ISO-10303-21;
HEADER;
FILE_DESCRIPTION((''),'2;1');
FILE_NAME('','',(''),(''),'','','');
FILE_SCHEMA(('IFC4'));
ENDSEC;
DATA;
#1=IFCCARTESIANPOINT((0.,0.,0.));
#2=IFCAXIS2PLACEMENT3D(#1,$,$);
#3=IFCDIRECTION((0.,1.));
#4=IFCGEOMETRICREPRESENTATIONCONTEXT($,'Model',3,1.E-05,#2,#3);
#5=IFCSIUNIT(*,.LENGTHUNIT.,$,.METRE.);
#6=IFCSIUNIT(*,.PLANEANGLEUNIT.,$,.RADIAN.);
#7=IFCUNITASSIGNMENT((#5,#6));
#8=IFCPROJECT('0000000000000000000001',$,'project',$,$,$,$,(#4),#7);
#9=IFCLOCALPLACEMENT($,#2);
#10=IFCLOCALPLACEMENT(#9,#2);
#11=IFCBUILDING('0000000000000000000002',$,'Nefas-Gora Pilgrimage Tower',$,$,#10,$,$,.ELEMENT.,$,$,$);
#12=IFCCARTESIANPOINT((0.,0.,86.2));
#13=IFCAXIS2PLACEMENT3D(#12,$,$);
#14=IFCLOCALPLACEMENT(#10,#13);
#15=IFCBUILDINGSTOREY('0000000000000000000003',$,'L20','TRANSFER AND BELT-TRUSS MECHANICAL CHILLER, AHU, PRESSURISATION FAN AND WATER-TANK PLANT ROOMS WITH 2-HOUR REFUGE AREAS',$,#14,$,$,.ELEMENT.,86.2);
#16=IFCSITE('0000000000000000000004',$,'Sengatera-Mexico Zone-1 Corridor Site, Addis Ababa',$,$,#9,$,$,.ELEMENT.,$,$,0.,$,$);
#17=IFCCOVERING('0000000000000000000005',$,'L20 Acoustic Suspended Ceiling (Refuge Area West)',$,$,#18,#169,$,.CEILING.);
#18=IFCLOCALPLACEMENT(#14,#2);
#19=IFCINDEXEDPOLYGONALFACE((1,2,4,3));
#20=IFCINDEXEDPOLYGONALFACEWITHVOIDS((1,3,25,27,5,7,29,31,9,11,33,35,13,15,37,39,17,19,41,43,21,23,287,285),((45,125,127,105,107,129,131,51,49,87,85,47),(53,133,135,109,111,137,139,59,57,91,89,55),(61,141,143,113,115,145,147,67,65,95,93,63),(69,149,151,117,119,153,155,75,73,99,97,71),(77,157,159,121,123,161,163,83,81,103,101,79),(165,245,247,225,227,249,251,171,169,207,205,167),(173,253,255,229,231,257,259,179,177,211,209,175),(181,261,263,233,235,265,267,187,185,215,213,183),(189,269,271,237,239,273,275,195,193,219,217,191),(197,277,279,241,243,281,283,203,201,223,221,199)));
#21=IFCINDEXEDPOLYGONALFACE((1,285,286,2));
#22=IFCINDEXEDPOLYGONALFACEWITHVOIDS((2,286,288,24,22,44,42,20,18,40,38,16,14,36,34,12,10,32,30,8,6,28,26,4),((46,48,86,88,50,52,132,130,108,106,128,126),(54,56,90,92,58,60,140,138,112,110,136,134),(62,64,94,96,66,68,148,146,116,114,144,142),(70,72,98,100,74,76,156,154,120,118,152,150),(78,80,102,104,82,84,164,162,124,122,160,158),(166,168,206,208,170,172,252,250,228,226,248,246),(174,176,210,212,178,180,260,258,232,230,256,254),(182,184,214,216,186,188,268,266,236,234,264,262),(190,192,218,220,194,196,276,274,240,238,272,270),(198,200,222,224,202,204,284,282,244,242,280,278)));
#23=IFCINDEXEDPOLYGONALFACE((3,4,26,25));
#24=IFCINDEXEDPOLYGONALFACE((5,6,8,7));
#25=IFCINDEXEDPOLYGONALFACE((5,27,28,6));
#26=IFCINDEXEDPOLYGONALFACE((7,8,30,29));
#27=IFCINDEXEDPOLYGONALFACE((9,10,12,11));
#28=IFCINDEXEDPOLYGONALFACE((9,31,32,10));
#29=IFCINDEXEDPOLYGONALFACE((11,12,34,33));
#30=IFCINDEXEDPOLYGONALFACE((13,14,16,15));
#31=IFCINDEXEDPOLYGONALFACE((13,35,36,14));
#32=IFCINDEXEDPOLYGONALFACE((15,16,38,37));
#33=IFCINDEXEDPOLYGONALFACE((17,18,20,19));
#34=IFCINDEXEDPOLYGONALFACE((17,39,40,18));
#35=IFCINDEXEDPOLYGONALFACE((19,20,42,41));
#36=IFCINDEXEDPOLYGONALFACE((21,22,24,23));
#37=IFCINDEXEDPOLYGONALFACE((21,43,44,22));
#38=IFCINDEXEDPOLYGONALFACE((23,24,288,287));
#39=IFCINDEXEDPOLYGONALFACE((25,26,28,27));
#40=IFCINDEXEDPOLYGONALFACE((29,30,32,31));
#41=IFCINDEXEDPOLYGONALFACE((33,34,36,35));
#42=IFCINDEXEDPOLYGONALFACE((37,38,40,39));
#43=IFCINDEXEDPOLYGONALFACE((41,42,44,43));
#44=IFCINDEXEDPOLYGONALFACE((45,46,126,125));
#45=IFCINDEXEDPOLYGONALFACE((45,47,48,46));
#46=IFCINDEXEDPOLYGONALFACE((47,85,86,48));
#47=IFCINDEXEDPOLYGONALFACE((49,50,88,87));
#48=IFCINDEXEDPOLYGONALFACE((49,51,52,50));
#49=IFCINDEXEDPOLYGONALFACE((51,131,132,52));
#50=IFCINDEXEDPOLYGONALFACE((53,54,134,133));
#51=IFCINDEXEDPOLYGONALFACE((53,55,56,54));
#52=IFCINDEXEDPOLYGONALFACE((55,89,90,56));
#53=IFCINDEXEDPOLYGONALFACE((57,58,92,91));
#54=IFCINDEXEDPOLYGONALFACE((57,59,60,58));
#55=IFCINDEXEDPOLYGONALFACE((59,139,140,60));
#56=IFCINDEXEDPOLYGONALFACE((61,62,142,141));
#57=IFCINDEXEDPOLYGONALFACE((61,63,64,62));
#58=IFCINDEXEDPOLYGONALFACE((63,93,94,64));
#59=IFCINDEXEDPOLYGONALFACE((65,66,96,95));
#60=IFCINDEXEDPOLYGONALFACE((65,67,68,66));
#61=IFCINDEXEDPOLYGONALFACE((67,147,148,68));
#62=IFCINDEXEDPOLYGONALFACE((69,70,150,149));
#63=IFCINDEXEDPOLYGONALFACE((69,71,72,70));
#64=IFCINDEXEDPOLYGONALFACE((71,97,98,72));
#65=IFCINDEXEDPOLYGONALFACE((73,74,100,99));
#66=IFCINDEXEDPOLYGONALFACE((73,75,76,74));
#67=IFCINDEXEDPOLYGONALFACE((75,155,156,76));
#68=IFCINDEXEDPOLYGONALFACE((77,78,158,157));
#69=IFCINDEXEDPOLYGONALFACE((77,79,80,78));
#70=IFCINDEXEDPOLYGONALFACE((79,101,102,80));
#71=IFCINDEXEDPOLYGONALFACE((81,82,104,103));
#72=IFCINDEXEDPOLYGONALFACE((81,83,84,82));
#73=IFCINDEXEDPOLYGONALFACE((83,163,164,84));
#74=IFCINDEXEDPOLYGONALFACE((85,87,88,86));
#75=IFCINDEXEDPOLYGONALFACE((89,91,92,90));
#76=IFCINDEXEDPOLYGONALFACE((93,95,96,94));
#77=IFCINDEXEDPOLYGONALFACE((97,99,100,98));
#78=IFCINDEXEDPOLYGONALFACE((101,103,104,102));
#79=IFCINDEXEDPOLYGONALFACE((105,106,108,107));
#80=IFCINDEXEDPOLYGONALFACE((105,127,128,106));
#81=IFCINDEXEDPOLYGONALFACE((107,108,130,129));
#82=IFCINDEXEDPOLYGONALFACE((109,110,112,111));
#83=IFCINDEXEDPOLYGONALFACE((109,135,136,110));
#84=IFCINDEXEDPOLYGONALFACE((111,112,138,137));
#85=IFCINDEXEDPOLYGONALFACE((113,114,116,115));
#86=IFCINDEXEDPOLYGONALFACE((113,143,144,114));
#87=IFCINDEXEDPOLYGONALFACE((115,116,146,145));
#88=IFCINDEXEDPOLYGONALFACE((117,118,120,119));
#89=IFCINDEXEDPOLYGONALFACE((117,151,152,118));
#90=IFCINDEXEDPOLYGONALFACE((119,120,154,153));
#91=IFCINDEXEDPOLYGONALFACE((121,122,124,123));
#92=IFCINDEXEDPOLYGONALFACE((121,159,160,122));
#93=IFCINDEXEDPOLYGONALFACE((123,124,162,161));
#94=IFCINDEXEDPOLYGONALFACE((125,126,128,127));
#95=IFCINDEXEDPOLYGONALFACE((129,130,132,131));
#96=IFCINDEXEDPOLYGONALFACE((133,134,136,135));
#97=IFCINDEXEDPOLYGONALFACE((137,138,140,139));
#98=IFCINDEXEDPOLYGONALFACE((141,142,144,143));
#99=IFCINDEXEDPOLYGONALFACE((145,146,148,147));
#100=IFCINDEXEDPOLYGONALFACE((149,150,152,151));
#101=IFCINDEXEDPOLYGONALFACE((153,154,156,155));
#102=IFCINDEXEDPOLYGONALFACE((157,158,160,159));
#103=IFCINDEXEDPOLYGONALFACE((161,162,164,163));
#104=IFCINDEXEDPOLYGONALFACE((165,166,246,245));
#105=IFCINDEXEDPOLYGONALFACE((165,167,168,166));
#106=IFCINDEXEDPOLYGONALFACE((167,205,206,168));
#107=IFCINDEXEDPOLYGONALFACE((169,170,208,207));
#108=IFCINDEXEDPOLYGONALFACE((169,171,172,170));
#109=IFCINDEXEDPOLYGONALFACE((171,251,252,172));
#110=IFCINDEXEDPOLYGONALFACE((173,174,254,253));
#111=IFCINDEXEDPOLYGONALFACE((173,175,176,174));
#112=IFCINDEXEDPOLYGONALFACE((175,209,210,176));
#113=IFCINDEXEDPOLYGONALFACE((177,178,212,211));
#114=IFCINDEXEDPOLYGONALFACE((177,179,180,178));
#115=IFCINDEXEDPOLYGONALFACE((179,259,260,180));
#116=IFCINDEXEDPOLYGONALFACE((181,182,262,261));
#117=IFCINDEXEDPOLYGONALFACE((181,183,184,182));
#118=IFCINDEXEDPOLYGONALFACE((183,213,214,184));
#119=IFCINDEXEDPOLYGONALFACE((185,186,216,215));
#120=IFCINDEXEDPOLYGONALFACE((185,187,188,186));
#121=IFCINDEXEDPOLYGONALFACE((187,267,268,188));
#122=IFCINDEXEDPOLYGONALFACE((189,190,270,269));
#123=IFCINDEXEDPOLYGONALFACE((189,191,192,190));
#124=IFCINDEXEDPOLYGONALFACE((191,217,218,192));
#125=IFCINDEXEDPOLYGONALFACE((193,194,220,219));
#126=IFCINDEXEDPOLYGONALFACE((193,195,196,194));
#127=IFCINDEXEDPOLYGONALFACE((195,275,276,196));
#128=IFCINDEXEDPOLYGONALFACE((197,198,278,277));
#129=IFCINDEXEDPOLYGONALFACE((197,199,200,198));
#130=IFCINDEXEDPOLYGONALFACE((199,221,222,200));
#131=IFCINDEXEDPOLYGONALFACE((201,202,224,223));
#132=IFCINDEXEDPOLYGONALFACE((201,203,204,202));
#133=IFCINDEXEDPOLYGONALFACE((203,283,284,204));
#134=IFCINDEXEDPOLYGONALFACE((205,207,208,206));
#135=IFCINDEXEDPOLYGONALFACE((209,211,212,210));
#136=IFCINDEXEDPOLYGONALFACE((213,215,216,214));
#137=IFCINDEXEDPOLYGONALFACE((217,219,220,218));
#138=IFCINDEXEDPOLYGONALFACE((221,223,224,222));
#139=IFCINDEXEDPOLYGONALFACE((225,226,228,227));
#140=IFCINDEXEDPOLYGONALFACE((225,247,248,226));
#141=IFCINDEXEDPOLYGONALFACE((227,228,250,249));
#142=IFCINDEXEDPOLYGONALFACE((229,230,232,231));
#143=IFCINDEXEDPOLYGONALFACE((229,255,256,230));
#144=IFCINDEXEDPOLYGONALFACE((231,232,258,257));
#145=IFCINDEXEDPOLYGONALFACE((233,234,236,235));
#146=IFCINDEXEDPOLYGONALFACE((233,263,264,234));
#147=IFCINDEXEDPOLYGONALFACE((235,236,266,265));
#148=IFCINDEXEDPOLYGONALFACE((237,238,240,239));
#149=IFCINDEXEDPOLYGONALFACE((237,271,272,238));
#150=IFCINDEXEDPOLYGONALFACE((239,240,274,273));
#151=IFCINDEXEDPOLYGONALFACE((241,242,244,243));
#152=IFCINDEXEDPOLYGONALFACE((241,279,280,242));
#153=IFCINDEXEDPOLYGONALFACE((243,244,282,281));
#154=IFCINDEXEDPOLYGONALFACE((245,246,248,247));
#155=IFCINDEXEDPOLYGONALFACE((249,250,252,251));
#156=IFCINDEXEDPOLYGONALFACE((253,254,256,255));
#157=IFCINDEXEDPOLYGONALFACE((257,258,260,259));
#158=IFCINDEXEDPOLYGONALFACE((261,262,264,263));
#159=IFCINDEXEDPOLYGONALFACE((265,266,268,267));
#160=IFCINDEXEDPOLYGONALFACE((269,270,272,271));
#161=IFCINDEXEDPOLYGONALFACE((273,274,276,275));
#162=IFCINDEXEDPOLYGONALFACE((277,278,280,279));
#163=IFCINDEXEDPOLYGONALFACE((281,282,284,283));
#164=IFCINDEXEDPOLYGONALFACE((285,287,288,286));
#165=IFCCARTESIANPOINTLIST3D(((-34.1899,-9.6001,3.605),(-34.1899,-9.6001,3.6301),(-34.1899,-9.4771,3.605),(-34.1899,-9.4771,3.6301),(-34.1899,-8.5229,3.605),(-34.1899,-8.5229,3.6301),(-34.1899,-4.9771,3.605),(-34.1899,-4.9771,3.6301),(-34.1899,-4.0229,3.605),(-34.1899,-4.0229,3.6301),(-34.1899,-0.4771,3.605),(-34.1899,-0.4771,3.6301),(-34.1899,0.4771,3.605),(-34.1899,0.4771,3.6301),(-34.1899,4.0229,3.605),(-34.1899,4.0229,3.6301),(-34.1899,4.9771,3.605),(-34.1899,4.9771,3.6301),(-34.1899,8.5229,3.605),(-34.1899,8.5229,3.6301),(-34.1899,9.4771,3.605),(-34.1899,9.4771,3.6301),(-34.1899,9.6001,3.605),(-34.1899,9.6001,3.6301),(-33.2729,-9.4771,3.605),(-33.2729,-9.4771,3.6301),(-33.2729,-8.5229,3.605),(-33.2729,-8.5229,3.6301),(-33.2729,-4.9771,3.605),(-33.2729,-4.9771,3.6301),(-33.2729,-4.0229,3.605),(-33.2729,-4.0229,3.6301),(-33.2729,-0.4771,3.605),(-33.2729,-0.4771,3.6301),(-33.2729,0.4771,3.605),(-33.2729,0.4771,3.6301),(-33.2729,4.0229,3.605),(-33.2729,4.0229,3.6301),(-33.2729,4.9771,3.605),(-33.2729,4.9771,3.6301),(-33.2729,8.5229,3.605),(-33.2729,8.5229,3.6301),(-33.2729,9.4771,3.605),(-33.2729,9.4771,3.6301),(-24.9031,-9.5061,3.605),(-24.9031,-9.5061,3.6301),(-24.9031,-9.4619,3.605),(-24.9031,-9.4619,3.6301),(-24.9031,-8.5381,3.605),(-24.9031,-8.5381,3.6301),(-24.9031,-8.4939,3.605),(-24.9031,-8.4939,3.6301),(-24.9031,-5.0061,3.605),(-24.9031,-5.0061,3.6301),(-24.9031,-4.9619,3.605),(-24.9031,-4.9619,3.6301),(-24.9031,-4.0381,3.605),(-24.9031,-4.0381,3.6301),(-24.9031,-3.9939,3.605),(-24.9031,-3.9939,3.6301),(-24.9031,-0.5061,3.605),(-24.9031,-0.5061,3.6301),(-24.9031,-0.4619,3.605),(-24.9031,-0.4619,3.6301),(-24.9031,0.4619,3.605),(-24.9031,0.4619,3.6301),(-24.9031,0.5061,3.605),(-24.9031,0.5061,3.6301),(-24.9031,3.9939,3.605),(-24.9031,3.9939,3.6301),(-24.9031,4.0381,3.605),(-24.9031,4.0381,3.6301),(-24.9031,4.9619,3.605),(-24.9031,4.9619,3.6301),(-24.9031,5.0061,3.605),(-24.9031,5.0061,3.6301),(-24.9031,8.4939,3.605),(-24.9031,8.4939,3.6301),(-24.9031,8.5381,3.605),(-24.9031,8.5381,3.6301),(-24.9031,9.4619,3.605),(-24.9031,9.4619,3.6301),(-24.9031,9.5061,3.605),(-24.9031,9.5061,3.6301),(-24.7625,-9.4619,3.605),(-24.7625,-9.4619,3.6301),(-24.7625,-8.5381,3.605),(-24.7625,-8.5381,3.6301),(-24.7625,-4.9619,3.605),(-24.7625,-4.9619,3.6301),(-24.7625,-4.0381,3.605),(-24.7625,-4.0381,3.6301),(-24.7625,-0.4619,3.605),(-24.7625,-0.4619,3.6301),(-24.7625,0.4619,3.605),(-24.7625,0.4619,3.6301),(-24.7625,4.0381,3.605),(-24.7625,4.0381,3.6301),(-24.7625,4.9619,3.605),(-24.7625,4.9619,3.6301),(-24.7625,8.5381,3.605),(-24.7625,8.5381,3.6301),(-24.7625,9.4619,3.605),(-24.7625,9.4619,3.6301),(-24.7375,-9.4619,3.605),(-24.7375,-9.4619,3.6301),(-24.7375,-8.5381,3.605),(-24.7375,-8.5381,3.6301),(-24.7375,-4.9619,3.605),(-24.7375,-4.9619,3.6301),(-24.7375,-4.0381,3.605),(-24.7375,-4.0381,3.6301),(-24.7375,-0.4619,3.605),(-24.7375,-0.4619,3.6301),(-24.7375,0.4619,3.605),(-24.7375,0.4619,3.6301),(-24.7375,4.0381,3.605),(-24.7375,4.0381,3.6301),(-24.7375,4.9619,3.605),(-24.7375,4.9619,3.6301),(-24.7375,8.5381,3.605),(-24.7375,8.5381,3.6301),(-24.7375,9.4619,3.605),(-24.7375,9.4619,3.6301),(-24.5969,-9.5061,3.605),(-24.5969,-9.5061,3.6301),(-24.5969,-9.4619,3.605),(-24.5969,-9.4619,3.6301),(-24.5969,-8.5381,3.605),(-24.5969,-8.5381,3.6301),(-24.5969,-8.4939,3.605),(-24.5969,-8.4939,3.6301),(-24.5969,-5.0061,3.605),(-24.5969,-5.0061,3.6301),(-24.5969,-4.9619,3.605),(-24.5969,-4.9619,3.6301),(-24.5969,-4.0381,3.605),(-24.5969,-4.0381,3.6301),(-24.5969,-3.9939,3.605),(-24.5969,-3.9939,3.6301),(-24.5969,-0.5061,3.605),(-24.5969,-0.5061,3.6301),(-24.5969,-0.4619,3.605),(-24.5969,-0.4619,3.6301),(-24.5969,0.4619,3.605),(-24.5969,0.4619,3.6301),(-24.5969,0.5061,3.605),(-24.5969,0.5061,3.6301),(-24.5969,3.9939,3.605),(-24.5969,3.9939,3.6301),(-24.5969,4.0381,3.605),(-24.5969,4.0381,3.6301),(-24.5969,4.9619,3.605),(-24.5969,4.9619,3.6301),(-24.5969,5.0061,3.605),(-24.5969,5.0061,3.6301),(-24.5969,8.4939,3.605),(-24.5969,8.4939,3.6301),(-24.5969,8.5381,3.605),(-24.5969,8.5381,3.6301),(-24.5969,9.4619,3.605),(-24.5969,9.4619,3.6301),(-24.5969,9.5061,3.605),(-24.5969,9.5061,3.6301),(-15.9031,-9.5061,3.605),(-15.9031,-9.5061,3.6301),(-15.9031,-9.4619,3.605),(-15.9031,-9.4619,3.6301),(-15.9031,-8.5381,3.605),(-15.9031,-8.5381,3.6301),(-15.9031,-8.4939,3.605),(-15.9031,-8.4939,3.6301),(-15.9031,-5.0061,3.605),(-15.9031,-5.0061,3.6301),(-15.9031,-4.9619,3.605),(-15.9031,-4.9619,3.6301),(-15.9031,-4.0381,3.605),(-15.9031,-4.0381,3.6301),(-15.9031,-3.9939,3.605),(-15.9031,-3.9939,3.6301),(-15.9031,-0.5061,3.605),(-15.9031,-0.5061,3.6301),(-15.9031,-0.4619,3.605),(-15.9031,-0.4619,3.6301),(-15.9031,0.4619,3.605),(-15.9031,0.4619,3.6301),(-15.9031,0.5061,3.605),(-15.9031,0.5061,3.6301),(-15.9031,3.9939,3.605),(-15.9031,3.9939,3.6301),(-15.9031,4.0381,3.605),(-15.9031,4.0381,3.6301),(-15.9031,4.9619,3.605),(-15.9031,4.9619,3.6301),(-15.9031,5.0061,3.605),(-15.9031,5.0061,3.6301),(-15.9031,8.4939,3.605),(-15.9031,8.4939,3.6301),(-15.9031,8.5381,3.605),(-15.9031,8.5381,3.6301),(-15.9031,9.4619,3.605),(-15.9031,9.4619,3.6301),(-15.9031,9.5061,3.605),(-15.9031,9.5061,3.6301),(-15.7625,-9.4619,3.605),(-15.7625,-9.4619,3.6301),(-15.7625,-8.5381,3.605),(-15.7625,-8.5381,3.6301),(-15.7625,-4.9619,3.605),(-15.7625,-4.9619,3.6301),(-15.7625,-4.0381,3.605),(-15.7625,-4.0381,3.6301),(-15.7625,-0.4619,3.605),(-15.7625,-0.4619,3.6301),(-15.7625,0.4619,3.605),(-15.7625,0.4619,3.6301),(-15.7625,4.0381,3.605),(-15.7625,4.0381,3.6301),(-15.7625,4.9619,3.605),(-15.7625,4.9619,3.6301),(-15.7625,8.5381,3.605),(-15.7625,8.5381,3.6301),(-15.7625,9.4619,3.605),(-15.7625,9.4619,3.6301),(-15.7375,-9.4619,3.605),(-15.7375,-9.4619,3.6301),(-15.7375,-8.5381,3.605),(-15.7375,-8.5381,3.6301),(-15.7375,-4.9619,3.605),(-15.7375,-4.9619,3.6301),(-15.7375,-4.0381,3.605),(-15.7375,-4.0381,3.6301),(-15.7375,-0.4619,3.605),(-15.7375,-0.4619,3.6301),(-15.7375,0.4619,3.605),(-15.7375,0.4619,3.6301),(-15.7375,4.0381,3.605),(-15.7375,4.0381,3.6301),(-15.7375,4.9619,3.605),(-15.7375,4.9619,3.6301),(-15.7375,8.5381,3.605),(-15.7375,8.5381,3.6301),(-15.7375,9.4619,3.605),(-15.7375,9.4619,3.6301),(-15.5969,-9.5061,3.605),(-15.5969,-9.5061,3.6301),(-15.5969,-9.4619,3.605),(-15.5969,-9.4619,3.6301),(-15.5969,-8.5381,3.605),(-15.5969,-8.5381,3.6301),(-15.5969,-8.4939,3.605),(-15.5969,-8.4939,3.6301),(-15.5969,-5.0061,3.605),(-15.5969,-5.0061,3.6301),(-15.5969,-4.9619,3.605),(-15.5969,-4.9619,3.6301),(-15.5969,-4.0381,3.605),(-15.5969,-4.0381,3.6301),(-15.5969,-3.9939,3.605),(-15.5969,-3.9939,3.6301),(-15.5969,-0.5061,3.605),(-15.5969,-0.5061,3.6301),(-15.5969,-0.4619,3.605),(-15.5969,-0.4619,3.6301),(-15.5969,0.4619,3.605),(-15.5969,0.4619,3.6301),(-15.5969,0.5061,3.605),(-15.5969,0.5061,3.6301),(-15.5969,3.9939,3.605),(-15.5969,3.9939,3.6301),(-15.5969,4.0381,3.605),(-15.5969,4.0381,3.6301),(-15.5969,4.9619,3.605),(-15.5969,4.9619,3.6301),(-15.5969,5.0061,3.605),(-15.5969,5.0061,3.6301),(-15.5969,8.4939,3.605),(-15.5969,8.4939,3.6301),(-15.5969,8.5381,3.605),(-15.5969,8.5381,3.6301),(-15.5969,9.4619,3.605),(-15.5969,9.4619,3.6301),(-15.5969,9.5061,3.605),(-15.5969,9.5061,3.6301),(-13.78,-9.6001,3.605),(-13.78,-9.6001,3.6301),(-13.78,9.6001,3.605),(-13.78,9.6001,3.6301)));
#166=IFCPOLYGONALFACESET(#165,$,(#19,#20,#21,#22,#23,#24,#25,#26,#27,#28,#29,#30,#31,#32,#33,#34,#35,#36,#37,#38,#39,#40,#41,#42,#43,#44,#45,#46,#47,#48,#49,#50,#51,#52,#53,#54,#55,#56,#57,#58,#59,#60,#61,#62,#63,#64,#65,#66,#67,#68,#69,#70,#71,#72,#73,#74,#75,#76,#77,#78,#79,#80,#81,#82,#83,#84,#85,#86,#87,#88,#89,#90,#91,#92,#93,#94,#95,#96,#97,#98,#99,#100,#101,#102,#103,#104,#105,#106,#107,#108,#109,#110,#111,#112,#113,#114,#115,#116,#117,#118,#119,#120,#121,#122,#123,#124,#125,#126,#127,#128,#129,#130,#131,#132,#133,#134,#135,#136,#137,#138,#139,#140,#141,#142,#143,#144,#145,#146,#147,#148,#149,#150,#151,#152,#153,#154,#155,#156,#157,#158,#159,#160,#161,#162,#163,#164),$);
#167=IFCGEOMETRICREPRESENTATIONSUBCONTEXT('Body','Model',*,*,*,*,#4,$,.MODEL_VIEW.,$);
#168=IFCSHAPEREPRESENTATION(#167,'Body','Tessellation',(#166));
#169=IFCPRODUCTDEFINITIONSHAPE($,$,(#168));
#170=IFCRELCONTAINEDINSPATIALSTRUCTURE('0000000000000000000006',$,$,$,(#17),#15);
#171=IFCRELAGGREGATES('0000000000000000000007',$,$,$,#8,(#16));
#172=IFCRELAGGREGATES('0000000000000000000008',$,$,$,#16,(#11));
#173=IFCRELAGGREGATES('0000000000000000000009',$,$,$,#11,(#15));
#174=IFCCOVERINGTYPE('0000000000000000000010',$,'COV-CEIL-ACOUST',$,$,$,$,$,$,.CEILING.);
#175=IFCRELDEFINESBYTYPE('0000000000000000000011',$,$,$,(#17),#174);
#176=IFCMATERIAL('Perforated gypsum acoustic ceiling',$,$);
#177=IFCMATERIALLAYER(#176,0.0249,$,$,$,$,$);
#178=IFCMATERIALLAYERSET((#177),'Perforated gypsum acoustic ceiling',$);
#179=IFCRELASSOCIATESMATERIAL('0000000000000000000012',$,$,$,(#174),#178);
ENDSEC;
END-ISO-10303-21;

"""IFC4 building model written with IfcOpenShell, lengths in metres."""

from ifc_helpers import new_model, si_unit, direction, frame, origin, place, context, subcontext, project, spatial, polyline, outline, extrude, material, layer, layer_set, type_object, element, save


model = new_model("IFC4")

# Units and contexts
model_context = context("Model", 3, precision=1e-05, world=origin(), true_north=direction((0.0, 1.0)))
body_context = subcontext(model_context, "Body", "Model", "MODEL_VIEW")
ifc_project = project(units=[si_unit("LENGTHUNIT", "METRE"), si_unit("PLANEANGLEUNIT", "RADIAN")], contexts=[model_context])

# Site, building, storey
site_placement = place(None, origin())
site = spatial("IfcSite", under=ifc_project, at=site_placement, Name="Sengatera-Mexico Zone-1 Corridor Site, Addis Ababa", CompositionType="ELEMENT", RefElevation=0.0)
building_placement = place(site_placement, origin())
building = spatial("IfcBuilding", under=site, at=building_placement, Name="Nefas-Gora Pilgrimage Tower", CompositionType="ELEMENT")
storey_placement = place(building_placement, frame((0.0, 0.0, 86.2)))
storey = spatial("IfcBuildingStorey", under=building, at=storey_placement, Name="L20", Description="TRANSFER AND BELT-TRUSS MECHANICAL CHILLER, AHU, PRESSURISATION FAN AND WATER-TANK PLANT ROOMS WITH 2-HOUR REFUGE AREAS", CompositionType="ELEMENT", Elevation=86.2)

# Covering
ifc_material_1 = material(Name="Perforated gypsum acoustic ceiling")
ifc_layer_1 = layer(ifc_material_1, 0.0249)
ifc_layer_set_1 = layer_set([ifc_layer_1], Name="Perforated gypsum acoustic ceiling")
covering_type = type_object("IfcCoveringType", Name="COV-CEIL-ACOUST", PredefinedType="CEILING", material=ifc_layer_set_1)
covering_1_placement = place(storey_placement, frame((0.0, 0.0, 3.605)))
element("IfcCovering", 1, at=covering_1_placement, inside=storey, type_object=covering_type, Name="L20 Acoustic Suspended Ceiling (Refuge Area West)", PredefinedType="CEILING", context=body_context, shape_type="SweptSolid", body=[
    extrude(outline(polyline([(-34.1899, 9.4771), (-33.2729, 9.4771), (-33.2729, 8.5229), (-34.1899, 8.5229), (-34.1899, 4.9771), (-33.2729, 4.9771), (-33.2729, 4.0229), (-34.1899, 4.0229), (-34.1899, 0.4771), (-33.2729, 0.4771), (-33.2729, -0.4771), (-34.1899, -0.4771), (-34.1899, -4.0229), (-33.2729, -4.0229), (-33.2729, -4.9771), (-34.1899, -4.9771), (-34.1899, -8.5229), (-33.2729, -8.5229), (-33.2729, -9.4771), (-34.1899, -9.4771), (-34.1899, -9.6001), (-13.78, -9.6001), (-13.78, 9.6001), (-34.1899, 9.6001), (-34.1899, 9.4771)]), holes=[polyline([(-15.5969, 5.0061), (-15.5969, 4.9619), (-15.7375, 4.9619), (-15.7375, 4.0381), (-15.5969, 4.0381), (-15.5969, 3.9939), (-15.9031, 3.9939), (-15.9031, 4.0381), (-15.7625, 4.0381), (-15.7625, 4.9619), (-15.9031, 4.9619), (-15.9031, 5.0061), (-15.5969, 5.0061)]), polyline([(-15.5969, 9.5061), (-15.5969, 9.4619), (-15.7375, 9.4619), (-15.7375, 8.5381), (-15.5969, 8.5381), (-15.5969, 8.4939), (-15.9031, 8.4939), (-15.9031, 8.5381), (-15.7625, 8.5381), (-15.7625, 9.4619), (-15.9031, 9.4619), (-15.9031, 9.5061), (-15.5969, 9.5061)]), polyline([(-15.5969, -8.5381), (-15.7375, -8.5381), (-15.7375, -9.4619), (-15.5969, -9.4619), (-15.5969, -9.5061), (-15.9031, -9.5061), (-15.9031, -9.4619), (-15.7625, -9.4619), (-15.7625, -8.5381), (-15.9031, -8.5381), (-15.9031, -8.4939), (-15.5969, -8.4939), (-15.5969, -8.5381)]), polyline([(-15.5969, -4.0381), (-15.7375, -4.0381), (-15.7375, -4.9619), (-15.5969, -4.9619), (-15.5969, -5.0061), (-15.9031, -5.0061), (-15.9031, -4.9619), (-15.7625, -4.9619), (-15.7625, -4.0381), (-15.9031, -4.0381), (-15.9031, -3.9939), (-15.5969, -3.9939), (-15.5969, -4.0381)]), polyline([(-15.5969, 0.4619), (-15.7375, 0.4619), (-15.7375, -0.4619), (-15.5969, -0.4619), (-15.5969, -0.5061), (-15.9031, -0.5061), (-15.9031, -0.4619), (-15.7625, -0.4619), (-15.7625, 0.4619), (-15.9031, 0.4619), (-15.9031, 0.5061), (-15.5969, 0.5061), (-15.5969, 0.4619)]), polyline([(-24.5969, -3.9939), (-24.5969, -4.0381), (-24.7375, -4.0381), (-24.7375, -4.9619), (-24.5969, -4.9619), (-24.5969, -5.0061), (-24.9031, -5.0061), (-24.9031, -4.9619), (-24.7625, -4.9619), (-24.7625, -4.0381), (-24.9031, -4.0381), (-24.9031, -3.9939), (-24.5969, -3.9939)]), polyline([(-24.5969, -8.5381), (-24.7375, -8.5381), (-24.7375, -9.4619), (-24.5969, -9.4619), (-24.5969, -9.5061), (-24.9031, -9.5061), (-24.9031, -9.4619), (-24.7625, -9.4619), (-24.7625, -8.5381), (-24.9031, -8.5381), (-24.9031, -8.4939), (-24.5969, -8.4939), (-24.5969, -8.5381)]), polyline([(-24.5969, 0.4619), (-24.7375, 0.4619), (-24.7375, -0.4619), (-24.5969, -0.4619), (-24.5969, -0.5061), (-24.9031, -0.5061), (-24.9031, -0.4619), (-24.7625, -0.4619), (-24.7625, 0.4619), (-24.9031, 0.4619), (-24.9031, 0.5061), (-24.5969, 0.5061), (-24.5969, 0.4619)]), polyline([(-24.5969, 4.9619), (-24.7375, 4.9619), (-24.7375, 4.0381), (-24.5969, 4.0381), (-24.5969, 3.9939), (-24.9031, 3.9939), (-24.9031, 4.0381), (-24.7625, 4.0381), (-24.7625, 4.9619), (-24.9031, 4.9619), (-24.9031, 5.0061), (-24.5969, 5.0061), (-24.5969, 4.9619)]), polyline([(-24.5969, 9.4619), (-24.7375, 9.4619), (-24.7375, 8.5381), (-24.5969, 8.5381), (-24.5969, 8.4939), (-24.9031, 8.4939), (-24.9031, 8.5381), (-24.7625, 8.5381), (-24.7625, 9.4619), (-24.9031, 9.4619), (-24.9031, 9.5061), (-24.5969, 9.5061), (-24.5969, 9.4619)])]), origin(), (0.0, 0.0, 1.0), 0.0251),
])

save(model, "model.ifc")
